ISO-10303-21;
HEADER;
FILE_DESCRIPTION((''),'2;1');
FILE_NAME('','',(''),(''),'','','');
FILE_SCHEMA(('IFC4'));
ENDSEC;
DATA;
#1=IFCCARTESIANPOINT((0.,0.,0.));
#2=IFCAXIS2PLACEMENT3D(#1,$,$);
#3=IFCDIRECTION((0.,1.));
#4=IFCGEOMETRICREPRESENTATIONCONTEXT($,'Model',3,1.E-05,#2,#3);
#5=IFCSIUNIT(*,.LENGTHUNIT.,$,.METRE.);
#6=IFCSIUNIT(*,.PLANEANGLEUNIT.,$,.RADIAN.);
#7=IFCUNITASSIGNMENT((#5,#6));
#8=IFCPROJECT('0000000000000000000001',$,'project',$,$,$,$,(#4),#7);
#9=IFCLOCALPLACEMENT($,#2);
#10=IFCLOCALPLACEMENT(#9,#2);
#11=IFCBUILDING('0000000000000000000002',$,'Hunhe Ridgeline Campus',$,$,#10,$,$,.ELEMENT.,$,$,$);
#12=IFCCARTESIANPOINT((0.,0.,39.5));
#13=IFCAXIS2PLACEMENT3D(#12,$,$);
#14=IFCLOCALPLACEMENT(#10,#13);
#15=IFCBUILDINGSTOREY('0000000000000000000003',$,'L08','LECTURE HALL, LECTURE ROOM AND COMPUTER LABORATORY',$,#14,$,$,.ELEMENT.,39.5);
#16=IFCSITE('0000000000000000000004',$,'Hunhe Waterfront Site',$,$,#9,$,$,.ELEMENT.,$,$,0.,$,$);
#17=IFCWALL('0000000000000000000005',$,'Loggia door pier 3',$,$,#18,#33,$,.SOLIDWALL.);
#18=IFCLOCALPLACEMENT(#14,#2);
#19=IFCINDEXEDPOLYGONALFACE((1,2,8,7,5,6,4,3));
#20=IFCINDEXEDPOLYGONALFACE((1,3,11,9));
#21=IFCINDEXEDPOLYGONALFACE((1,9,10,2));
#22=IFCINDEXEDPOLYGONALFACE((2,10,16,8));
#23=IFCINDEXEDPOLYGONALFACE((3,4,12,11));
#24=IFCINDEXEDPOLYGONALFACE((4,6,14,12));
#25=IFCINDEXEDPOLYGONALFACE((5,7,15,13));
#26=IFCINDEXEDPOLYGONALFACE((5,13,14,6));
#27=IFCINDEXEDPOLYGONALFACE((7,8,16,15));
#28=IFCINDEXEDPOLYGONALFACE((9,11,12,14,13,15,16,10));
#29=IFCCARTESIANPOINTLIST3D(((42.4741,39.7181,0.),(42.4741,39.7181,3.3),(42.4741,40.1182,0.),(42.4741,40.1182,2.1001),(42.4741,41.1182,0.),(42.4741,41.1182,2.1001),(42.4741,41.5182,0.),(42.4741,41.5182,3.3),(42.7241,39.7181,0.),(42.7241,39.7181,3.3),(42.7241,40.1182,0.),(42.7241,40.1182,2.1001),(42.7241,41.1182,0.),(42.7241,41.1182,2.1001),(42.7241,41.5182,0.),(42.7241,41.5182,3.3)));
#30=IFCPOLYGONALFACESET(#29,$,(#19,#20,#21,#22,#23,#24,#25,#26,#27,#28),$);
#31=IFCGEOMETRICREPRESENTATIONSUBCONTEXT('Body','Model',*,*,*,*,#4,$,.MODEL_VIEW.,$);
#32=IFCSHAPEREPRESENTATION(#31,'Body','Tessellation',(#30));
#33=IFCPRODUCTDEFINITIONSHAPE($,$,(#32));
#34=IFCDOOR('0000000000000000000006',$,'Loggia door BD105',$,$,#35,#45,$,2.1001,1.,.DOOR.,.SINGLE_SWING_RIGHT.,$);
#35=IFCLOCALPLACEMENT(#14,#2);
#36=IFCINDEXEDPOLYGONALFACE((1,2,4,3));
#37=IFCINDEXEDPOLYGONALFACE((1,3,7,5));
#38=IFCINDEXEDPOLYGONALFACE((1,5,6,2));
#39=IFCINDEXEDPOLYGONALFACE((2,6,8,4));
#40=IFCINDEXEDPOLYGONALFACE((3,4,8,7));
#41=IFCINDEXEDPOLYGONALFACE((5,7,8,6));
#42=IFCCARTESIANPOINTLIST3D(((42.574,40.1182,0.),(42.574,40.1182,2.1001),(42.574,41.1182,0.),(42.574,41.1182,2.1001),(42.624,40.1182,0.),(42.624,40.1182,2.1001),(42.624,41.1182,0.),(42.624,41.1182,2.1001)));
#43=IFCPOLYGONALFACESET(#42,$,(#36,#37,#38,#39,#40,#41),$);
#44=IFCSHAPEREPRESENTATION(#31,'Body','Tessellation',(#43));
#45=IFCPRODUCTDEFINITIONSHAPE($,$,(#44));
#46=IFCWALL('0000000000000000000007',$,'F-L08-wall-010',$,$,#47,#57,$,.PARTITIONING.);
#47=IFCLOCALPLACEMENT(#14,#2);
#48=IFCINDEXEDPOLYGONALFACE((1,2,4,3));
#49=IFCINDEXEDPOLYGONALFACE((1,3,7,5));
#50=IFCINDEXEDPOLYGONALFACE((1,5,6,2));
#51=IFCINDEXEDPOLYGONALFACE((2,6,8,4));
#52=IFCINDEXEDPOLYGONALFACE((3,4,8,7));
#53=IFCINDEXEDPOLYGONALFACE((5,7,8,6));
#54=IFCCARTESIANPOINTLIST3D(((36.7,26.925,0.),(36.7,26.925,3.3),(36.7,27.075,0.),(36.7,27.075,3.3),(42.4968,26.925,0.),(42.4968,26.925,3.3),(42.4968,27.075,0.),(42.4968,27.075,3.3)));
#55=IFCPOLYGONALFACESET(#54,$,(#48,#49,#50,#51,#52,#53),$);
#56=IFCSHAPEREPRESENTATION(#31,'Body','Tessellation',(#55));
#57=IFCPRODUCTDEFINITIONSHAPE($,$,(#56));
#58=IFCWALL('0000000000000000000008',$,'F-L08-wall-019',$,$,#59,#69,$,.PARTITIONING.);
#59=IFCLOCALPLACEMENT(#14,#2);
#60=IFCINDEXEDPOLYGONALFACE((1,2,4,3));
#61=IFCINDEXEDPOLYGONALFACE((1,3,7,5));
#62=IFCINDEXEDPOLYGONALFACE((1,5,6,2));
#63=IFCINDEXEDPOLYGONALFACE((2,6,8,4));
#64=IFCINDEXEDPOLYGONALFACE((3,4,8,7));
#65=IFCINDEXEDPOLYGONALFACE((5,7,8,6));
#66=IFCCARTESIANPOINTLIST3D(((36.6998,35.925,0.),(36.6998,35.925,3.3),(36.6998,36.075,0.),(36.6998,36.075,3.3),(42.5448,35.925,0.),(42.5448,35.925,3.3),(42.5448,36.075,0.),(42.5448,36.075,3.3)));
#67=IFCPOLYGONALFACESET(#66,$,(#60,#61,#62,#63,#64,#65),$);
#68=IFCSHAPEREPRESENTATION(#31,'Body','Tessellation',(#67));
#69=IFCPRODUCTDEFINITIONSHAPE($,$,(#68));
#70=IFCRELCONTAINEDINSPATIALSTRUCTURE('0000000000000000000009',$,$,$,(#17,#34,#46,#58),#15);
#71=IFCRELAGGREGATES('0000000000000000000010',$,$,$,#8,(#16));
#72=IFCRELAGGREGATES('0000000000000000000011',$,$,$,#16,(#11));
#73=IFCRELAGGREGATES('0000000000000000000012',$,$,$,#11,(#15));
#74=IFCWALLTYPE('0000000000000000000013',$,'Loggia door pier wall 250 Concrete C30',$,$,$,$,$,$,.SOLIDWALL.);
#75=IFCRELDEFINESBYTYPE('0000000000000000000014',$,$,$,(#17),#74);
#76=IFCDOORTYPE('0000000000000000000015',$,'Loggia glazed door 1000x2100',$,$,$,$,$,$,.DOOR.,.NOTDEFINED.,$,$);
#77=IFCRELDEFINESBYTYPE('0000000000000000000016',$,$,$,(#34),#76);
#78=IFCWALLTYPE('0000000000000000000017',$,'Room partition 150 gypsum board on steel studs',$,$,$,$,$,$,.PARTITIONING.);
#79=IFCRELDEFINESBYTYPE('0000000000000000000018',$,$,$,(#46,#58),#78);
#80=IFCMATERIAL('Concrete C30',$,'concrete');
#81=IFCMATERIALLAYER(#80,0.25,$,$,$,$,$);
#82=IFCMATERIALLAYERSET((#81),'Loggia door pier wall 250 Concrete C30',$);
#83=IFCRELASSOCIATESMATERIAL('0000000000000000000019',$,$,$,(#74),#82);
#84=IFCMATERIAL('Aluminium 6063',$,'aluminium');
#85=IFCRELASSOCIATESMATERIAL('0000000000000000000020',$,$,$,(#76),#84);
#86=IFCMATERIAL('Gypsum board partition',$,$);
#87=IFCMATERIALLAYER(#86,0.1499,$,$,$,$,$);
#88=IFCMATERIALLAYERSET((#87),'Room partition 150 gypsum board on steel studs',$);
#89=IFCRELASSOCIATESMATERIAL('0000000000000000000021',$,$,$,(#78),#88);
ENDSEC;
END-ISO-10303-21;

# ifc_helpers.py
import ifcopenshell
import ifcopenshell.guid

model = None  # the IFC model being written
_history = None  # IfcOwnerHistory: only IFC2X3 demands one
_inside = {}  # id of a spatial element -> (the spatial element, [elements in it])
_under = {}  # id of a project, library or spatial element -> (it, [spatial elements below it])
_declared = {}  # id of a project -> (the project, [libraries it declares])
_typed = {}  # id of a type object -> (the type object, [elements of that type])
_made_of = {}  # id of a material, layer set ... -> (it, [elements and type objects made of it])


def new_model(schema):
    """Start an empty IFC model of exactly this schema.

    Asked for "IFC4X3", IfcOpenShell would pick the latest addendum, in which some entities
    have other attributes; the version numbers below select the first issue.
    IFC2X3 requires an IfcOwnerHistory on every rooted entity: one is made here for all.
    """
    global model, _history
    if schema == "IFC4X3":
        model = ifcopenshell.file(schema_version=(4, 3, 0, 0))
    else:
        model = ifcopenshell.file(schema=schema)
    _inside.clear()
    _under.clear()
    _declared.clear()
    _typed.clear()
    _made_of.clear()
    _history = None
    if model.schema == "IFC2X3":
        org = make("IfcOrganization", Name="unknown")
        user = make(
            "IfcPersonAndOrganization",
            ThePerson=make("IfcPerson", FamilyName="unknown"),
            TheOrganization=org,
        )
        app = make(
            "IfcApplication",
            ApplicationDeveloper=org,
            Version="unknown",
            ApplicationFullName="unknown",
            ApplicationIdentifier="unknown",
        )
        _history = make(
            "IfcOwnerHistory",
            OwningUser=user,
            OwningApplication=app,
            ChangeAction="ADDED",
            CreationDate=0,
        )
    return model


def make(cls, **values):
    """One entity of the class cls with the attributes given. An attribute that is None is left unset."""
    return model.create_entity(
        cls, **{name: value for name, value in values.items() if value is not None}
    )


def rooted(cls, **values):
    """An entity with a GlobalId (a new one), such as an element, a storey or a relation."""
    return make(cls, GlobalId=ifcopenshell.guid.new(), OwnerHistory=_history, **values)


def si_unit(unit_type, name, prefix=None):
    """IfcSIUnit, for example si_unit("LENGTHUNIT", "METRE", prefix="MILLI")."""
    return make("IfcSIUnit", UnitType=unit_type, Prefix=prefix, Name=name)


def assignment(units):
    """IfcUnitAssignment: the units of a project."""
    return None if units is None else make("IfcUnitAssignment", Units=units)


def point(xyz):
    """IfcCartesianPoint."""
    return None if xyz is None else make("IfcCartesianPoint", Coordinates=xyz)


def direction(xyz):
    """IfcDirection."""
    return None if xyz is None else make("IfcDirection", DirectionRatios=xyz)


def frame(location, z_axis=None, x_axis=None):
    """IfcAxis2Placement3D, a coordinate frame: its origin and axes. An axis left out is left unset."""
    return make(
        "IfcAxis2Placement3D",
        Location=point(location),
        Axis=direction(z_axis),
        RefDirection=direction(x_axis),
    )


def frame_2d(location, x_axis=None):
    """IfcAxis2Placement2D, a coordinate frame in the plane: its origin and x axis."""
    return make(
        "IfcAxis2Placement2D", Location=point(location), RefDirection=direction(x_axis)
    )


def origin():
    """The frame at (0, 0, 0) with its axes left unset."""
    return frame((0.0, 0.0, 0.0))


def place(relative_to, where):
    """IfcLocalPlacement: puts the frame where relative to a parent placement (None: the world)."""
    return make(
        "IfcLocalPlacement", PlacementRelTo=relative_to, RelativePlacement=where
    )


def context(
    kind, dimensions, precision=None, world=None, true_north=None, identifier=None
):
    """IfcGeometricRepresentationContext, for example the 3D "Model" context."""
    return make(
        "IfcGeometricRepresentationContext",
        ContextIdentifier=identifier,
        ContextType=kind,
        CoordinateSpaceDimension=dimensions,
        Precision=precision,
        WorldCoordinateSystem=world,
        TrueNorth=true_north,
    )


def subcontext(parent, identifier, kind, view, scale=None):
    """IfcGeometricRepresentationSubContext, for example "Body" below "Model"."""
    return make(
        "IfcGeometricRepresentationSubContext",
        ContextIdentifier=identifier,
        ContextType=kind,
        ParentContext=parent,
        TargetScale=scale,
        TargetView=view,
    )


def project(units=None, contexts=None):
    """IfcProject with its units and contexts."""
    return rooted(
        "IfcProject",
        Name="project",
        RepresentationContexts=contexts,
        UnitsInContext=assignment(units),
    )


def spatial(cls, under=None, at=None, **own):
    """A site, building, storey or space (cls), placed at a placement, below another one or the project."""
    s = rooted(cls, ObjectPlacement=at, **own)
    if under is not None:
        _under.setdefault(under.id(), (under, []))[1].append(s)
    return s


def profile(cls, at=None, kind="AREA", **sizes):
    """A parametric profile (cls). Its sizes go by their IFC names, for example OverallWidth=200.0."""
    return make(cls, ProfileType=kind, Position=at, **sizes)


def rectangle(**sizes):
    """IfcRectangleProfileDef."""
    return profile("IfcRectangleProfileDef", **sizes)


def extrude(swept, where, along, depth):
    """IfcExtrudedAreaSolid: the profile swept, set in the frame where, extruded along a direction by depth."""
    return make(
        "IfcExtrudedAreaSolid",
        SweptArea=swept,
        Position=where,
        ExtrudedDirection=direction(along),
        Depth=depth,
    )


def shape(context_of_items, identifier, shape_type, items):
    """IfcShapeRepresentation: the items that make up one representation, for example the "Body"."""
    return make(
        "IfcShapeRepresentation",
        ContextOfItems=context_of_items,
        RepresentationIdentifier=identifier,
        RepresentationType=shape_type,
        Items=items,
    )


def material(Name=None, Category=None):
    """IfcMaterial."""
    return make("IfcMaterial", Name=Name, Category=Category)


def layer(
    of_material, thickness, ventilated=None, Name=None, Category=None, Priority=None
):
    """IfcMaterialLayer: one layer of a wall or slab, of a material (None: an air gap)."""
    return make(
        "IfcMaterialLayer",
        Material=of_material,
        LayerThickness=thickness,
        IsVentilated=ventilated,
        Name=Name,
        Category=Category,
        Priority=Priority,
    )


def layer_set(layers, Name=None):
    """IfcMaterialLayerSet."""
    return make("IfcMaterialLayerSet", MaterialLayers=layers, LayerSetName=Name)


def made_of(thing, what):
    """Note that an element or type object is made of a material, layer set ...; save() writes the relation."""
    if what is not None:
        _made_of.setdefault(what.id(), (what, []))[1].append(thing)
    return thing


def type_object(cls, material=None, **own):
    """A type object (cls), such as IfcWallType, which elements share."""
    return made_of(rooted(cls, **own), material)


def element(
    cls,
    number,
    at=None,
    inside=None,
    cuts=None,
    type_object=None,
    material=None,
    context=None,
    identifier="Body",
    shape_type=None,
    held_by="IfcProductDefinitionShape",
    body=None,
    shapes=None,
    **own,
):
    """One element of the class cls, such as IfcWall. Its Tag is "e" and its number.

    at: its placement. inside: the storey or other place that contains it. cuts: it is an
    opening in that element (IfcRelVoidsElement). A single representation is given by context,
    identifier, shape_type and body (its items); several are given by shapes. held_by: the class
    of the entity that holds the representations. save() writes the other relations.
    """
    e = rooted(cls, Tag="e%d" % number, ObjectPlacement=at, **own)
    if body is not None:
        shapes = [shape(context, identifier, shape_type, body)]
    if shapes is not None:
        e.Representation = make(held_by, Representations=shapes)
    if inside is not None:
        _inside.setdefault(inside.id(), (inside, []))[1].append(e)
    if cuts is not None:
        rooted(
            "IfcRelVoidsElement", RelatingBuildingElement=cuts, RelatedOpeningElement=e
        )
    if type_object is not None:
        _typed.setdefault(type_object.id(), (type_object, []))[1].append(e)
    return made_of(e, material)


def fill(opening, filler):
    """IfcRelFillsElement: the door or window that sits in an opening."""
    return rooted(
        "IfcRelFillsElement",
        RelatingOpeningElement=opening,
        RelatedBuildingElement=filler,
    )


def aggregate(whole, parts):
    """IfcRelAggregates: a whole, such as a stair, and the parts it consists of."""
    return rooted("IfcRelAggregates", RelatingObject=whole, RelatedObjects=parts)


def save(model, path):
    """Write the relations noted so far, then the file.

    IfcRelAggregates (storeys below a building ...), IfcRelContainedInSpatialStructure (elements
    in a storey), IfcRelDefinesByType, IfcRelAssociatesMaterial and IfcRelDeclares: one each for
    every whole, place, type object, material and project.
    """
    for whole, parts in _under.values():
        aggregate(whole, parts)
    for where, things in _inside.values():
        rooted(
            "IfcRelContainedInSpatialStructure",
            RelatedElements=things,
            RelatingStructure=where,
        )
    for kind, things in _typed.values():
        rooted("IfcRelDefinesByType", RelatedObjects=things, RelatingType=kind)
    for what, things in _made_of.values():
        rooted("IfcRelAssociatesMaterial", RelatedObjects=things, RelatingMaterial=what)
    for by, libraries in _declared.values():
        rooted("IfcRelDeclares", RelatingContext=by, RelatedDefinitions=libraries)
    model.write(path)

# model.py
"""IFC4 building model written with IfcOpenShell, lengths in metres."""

from ifc_helpers import new_model, si_unit, direction, frame, frame_2d, origin, place, context, subcontext, project, spatial, rectangle, extrude, material, layer, layer_set, type_object, element, fill, save


model = new_model("IFC4")

# Units and contexts
model_context = context("Model", 3, precision=1e-05, world=origin(), true_north=direction((0.0, 1.0)))
body_context = subcontext(model_context, "Body", "Model", "MODEL_VIEW")
ifc_project = project(units=[si_unit("LENGTHUNIT", "METRE"), si_unit("PLANEANGLEUNIT", "RADIAN")], contexts=[model_context])

# Site, building, storey
site_placement = place(None, origin())
site = spatial("IfcSite", under=ifc_project, at=site_placement, Name="Hunhe Waterfront Site", CompositionType="ELEMENT", RefElevation=0.0)
building_placement = place(site_placement, origin())
building = spatial("IfcBuilding", under=site, at=building_placement, Name="Hunhe Ridgeline Campus", CompositionType="ELEMENT")
storey_placement = place(building_placement, frame((0.0, 0.0, 39.5)))
storey = spatial("IfcBuildingStorey", under=building, at=storey_placement, Name="L08", Description="LECTURE HALL, LECTURE ROOM AND COMPUTER LABORATORY", CompositionType="ELEMENT", Elevation=39.5)

# Shared definitions
ifc_material_1 = material(Name="Aluminium 6063", Category="aluminium")

# Wall, opening, door
ifc_material_2 = material(Name="Concrete C30", Category="concrete")
ifc_layer_1 = layer(ifc_material_2, 0.25)
ifc_layer_set_1 = layer_set([ifc_layer_1], Name="Loggia door pier wall 250 Concrete C30")
wall_type_1 = type_object("IfcWallType", Name="Loggia door pier wall 250 Concrete C30", PredefinedType="SOLIDWALL", material=ifc_layer_set_1)
wall_1_placement = place(storey_placement, frame((42.5991, 39.7183, 0.0), z_axis=(0.0, 0.0, 1.0), x_axis=(0.0, 1.0, 0.0)))
wall_1 = element("IfcWall", 1, at=wall_1_placement, inside=storey, type_object=wall_type_1, Name="Loggia door pier 3", PredefinedType="SOLIDWALL", context=body_context, shape_type="SweptSolid", body=[
    extrude(rectangle(XDim=1.8, YDim=0.25, at=frame_2d((0.8999, 0.0))), origin(), (0.0, 0.0, 1.0), 3.3),
])
opening_placement = place(wall_1_placement, frame((0.3999, 0.0, 0.0)))
opening = element("IfcOpeningElement", 2, at=opening_placement, cuts=wall_1, PredefinedType="OPENING", context=body_context, shape_type="SweptSolid", body=[
    extrude(rectangle(XDim=1.0, YDim=2.1001, at=frame_2d((0.5, 1.05))), frame((0.0, 0.125, 0.0), z_axis=(0.0, -1.0, 0.0), x_axis=(1.0, 0.0, 0.0)), (0.0, 0.0, 1.0), 0.25),
])
door_type = type_object("IfcDoorType", Name="Loggia glazed door 1000x2100", OperationType="NOTDEFINED", PredefinedType="DOOR", material=ifc_material_1)
door_placement = place(opening_placement, frame((1.0, 0.0, 0.0), z_axis=(0.0, 0.0, 1.0), x_axis=(-1.0, 0.0, 0.0)))
door = element("IfcDoor", 3, at=door_placement, inside=storey, type_object=door_type, Name="Loggia door BD105", OperationType="SINGLE_SWING_RIGHT", OverallHeight=2.1001, OverallWidth=1.0, PredefinedType="DOOR", context=body_context, shape_type="SweptSolid", body=[
    extrude(rectangle(XDim=1.0, YDim=2.1001, at=frame_2d((0.5, 1.05))), frame((0.0, 0.0249, 0.0), z_axis=(0.0, -1.0, 0.0), x_axis=(1.0, 0.0, 0.0)), (0.0, 0.0, 1.0), 0.05),
])
fill(opening, door)

# Walls
ifc_material_3 = material(Name="Gypsum board partition")
ifc_layer_2 = layer(ifc_material_3, 0.1499)
ifc_layer_set_2 = layer_set([ifc_layer_2], Name="Room partition 150 gypsum board on steel studs")
wall_type_2 = type_object("IfcWallType", Name="Room partition 150 gypsum board on steel studs", PredefinedType="PARTITIONING", material=ifc_layer_set_2)
wall_2_placement = place(storey_placement, frame((36.7, 27.0, 0.0), z_axis=(0.0, 0.0, 1.0), x_axis=(1.0, 0.0, 0.0)))
element("IfcWall", 4, at=wall_2_placement, inside=storey, type_object=wall_type_2, Name="F-L08-wall-010", PredefinedType="PARTITIONING", context=body_context, shape_type="SweptSolid", body=[
    extrude(rectangle(XDim=5.7969, YDim=0.1499, at=frame_2d((2.8984, 0.0))), origin(), (0.0, 0.0, 1.0), 3.3),
])
wall_3_placement = place(storey_placement, frame((36.7, 36.0, 0.0), z_axis=(0.0, 0.0, 1.0), x_axis=(1.0, 0.0, 0.0)))
element("IfcWall", 5, at=wall_3_placement, inside=storey, type_object=wall_type_2, Name="F-L08-wall-019", PredefinedType="PARTITIONING", context=body_context, shape_type="SweptSolid", body=[
    extrude(rectangle(XDim=5.845, YDim=0.1499, at=frame_2d((2.9224, 0.0))), origin(), (0.0, 0.0, 1.0), 3.3),
])

save(model, "model.ifc")
